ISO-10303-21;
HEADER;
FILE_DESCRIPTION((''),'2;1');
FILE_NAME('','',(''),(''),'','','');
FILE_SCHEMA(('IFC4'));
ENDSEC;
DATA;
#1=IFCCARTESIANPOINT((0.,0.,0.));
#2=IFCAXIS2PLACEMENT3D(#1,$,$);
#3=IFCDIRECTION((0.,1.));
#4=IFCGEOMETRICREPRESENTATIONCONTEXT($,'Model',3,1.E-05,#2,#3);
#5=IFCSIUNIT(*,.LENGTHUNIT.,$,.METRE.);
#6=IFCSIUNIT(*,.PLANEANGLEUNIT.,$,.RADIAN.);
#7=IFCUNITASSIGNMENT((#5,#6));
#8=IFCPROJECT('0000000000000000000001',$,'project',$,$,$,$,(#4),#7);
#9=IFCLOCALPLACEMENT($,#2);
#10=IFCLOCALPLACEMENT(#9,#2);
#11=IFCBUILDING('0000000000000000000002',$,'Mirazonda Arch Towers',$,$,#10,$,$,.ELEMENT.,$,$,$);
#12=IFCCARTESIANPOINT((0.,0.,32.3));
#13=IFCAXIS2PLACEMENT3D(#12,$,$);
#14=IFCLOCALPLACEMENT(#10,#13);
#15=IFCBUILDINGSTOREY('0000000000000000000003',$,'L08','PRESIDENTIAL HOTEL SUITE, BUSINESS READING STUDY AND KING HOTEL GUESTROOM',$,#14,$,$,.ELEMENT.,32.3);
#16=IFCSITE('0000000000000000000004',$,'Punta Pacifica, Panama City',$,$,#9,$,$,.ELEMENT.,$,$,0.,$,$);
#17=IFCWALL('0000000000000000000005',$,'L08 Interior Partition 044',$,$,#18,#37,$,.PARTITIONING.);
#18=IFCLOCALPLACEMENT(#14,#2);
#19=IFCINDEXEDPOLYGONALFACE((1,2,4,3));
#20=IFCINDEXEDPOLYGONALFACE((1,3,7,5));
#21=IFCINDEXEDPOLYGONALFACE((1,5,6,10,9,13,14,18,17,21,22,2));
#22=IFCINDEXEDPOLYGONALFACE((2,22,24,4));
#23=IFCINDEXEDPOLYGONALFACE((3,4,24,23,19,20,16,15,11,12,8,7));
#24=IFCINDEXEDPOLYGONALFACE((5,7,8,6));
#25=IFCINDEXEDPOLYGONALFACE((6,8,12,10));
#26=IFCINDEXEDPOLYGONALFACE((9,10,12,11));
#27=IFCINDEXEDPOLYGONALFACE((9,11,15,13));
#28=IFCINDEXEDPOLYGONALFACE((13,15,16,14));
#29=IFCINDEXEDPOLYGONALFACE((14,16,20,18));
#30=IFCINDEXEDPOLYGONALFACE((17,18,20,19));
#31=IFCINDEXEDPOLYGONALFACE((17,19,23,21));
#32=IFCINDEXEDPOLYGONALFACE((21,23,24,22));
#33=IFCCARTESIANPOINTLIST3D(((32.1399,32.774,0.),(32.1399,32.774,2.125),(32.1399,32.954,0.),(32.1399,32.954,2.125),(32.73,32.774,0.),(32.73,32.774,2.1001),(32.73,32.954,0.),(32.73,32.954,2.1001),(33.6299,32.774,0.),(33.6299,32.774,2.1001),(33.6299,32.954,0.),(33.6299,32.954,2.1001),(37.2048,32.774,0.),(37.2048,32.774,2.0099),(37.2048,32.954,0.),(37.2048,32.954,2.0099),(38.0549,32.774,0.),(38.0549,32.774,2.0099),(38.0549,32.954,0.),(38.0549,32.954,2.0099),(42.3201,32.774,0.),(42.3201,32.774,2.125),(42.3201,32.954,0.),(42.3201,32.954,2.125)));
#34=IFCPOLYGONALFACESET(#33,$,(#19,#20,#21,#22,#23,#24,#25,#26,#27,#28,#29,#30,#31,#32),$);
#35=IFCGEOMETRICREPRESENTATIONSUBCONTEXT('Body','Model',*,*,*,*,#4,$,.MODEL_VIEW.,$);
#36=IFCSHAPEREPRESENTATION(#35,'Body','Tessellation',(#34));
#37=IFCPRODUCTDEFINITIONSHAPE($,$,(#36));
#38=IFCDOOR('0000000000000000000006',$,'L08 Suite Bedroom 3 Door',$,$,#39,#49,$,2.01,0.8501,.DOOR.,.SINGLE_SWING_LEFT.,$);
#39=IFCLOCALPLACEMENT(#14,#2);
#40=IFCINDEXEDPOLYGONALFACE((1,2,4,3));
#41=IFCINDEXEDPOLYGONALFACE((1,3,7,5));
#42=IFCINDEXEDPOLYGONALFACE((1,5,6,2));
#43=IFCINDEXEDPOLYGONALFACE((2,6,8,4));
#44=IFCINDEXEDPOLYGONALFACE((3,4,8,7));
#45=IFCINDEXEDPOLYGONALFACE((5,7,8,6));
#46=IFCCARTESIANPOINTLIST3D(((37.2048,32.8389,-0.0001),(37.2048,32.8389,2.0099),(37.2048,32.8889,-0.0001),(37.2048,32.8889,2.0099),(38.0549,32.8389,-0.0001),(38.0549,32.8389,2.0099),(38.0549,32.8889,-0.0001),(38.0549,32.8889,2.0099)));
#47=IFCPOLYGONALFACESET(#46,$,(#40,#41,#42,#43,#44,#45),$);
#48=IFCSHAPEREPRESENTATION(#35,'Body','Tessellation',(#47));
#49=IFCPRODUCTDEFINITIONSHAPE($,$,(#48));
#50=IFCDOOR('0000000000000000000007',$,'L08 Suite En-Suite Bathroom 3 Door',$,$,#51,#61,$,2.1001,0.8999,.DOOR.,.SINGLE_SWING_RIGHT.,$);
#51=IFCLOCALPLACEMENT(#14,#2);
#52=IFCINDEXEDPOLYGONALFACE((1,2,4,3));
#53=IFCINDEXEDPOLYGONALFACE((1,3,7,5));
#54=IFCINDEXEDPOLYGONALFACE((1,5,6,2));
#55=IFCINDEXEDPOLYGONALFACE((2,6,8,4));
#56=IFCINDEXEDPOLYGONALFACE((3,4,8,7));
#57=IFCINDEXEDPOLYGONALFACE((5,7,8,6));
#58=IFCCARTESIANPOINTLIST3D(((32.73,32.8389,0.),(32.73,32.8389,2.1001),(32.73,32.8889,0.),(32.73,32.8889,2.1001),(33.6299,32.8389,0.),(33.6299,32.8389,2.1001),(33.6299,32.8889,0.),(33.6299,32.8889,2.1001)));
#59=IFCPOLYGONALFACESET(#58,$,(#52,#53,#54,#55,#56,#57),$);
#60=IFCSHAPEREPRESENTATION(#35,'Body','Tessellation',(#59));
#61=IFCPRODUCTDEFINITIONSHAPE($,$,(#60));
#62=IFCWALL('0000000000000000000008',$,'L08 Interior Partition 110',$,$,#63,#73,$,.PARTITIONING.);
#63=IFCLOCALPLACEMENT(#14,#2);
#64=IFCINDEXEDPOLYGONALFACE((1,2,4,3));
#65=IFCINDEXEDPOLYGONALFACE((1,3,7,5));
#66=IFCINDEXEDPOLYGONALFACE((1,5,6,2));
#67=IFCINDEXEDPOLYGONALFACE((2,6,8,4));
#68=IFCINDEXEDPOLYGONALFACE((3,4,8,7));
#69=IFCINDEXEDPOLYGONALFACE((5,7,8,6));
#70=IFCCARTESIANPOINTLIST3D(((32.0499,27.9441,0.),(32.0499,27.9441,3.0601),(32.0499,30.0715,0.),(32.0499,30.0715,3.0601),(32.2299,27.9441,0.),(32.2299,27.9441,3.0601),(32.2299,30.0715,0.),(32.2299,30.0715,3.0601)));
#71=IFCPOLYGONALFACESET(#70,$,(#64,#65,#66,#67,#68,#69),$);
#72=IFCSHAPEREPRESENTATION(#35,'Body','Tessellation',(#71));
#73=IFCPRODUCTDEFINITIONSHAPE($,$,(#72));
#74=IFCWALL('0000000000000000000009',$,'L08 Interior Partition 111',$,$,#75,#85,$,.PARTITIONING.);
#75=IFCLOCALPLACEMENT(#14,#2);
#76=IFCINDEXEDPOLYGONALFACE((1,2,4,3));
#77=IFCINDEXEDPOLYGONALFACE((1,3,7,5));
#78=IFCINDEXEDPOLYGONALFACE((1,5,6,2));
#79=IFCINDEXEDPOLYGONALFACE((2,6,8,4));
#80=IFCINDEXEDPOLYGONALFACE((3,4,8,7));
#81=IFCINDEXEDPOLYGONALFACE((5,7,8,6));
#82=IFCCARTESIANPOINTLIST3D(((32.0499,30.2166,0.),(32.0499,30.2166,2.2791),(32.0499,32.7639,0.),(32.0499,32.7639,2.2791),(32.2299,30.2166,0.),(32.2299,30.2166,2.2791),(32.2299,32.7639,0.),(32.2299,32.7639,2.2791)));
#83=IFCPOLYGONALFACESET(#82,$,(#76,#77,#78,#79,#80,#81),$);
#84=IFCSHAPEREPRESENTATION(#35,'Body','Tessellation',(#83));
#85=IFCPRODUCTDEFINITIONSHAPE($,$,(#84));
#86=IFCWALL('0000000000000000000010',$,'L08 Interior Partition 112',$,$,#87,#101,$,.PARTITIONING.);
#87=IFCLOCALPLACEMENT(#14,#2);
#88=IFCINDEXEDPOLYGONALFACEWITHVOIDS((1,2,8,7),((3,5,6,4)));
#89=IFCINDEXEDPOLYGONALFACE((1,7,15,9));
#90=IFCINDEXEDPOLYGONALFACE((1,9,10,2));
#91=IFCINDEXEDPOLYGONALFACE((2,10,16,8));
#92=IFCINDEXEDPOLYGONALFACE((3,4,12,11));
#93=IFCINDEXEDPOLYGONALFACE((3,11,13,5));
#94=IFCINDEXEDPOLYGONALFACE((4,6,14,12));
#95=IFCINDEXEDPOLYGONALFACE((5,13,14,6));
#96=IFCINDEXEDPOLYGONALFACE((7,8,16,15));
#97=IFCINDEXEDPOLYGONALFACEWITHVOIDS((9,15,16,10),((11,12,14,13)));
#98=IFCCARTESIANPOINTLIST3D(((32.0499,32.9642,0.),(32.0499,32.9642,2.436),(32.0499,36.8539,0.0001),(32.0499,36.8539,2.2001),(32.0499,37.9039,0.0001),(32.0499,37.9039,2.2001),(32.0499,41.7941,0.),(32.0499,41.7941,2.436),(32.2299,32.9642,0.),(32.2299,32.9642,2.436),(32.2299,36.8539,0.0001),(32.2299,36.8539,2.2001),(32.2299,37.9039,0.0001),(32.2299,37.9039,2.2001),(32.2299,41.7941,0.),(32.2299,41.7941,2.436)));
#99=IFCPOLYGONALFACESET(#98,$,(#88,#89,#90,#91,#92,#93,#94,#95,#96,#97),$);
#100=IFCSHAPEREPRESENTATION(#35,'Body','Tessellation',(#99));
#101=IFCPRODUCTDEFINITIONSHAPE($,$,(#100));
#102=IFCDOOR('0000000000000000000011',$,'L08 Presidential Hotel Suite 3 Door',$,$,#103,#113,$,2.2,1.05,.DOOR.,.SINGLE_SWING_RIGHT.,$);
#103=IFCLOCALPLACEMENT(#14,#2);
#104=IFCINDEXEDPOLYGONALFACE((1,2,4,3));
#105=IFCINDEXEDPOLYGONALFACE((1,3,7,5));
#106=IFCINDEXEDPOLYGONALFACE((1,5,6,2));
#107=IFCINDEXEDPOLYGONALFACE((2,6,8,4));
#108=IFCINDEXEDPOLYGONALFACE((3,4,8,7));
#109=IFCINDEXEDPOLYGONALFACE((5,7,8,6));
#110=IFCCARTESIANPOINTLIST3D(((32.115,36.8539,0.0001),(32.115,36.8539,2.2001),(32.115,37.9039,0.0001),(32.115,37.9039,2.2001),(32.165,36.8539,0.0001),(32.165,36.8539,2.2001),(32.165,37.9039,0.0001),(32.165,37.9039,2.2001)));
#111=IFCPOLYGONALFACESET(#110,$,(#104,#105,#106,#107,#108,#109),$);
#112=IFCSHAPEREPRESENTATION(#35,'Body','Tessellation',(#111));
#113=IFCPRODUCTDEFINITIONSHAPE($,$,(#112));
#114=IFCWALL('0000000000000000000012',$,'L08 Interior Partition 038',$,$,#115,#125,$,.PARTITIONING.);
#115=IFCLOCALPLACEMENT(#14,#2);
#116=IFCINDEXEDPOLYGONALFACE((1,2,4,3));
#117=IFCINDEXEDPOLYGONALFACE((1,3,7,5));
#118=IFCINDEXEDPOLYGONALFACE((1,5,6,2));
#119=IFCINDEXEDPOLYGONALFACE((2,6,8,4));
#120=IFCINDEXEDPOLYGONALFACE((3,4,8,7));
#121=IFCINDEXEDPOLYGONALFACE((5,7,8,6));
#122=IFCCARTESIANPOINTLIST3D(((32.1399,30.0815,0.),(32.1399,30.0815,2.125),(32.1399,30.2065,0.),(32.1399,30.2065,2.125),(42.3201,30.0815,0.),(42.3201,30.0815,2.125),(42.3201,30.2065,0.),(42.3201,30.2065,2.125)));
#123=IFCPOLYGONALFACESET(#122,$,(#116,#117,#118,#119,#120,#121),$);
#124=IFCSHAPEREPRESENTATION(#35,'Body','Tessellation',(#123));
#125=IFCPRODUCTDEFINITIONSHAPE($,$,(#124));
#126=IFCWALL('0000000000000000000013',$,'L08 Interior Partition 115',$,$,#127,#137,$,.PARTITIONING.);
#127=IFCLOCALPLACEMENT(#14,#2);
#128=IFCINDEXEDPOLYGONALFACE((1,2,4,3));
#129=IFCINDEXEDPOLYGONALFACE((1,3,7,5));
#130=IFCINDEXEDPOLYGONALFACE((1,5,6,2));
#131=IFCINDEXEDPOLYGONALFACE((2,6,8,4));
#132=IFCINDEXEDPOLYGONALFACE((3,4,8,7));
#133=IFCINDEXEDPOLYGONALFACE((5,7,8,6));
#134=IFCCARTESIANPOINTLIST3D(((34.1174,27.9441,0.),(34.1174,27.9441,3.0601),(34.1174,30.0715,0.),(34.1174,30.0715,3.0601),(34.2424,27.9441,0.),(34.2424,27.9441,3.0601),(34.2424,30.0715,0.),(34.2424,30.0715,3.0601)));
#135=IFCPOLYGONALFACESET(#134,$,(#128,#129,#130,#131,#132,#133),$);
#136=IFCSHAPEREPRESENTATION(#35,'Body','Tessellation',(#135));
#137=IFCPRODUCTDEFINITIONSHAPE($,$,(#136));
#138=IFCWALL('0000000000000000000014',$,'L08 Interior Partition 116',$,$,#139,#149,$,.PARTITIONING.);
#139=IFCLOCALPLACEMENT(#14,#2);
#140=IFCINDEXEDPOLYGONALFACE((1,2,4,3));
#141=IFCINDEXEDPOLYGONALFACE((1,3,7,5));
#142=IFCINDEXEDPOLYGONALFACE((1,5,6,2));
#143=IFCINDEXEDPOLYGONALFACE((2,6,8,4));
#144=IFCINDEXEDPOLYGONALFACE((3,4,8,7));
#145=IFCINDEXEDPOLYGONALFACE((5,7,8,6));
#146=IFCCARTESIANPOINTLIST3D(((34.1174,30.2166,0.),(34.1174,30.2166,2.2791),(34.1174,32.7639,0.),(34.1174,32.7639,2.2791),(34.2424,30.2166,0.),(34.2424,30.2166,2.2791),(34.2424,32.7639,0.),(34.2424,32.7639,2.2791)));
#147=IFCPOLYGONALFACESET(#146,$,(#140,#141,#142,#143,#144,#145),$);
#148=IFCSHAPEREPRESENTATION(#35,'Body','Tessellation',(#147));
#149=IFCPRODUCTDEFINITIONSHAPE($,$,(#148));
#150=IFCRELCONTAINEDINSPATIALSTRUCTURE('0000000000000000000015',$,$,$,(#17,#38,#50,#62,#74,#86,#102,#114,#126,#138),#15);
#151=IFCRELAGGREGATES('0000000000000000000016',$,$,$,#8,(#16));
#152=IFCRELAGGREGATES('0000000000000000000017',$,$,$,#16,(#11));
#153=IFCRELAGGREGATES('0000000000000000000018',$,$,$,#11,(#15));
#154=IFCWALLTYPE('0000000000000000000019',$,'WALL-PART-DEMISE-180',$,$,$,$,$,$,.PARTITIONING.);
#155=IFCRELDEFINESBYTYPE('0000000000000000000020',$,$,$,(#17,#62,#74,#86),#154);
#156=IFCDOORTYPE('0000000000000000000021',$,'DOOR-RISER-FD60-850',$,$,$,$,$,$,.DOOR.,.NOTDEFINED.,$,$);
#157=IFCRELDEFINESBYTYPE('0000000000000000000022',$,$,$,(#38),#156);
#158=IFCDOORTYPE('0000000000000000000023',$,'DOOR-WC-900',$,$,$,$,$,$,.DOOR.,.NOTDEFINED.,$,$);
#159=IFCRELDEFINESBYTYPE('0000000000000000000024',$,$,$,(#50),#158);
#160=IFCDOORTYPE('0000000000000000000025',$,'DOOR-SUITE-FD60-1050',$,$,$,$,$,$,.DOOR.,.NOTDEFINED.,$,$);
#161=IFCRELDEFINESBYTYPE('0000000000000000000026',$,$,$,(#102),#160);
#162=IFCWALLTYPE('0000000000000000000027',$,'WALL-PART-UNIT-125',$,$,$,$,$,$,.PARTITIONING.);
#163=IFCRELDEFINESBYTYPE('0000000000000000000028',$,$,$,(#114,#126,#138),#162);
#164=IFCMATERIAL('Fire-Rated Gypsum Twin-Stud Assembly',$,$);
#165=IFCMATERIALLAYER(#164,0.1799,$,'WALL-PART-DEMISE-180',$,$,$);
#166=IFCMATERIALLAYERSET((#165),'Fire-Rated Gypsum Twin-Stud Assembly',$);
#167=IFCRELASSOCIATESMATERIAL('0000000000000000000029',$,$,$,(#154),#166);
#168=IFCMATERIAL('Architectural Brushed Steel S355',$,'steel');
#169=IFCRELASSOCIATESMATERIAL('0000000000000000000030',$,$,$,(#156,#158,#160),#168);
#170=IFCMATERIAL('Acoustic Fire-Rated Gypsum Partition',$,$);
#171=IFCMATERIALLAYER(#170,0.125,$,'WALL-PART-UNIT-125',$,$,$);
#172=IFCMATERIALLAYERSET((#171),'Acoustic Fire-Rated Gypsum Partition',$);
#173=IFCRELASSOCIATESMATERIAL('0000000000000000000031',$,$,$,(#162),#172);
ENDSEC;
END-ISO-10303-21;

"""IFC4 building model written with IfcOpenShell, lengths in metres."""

from ifc_helpers import new_model, si_unit, direction, frame, frame_2d, origin, place, context, subcontext, project, spatial, rectangle, extrude, material, layer, layer_set, type_object, element, fill, save


model = new_model("IFC4")

# Units and contexts
model_context = context("Model", 3, precision=1e-05, world=origin(), true_north=direction((0.0, 1.0)))
body_context = subcontext(model_context, "Body", "Model", "MODEL_VIEW")
ifc_project = project(units=[si_unit("LENGTHUNIT", "METRE"), si_unit("PLANEANGLEUNIT", "RADIAN")], contexts=[model_context])

# Site, building, storey
site_placement = place(None, origin())
site = spatial("IfcSite", under=ifc_project, at=site_placement, Name="Punta Pacifica, Panama City", CompositionType="ELEMENT", RefElevation=0.0)
building_placement = place(site_placement, origin())
building = spatial("IfcBuilding", under=site, at=building_placement, Name="Mirazonda Arch Towers", CompositionType="ELEMENT")
storey_placement = place(building_placement, frame((0.0, 0.0, 32.3)))
storey = spatial("IfcBuildingStorey", under=building, at=storey_placement, Name="L08", Description="PRESIDENTIAL HOTEL SUITE, BUSINESS READING STUDY AND KING HOTEL GUESTROOM", CompositionType="ELEMENT", Elevation=32.3)

# Wall, openings, doors
ifc_material_1 = material(Name="Fire-Rated Gypsum Twin-Stud Assembly")
ifc_layer_1 = layer(ifc_material_1, 0.1799, Name="WALL-PART-DEMISE-180")
ifc_layer_set_1 = layer_set([ifc_layer_1], Name="Fire-Rated Gypsum Twin-Stud Assembly")
wall_type_1 = type_object("IfcWallType", Name="WALL-PART-DEMISE-180", PredefinedType="PARTITIONING", material=ifc_layer_set_1)
ifc_material_2 = material(Name="Architectural Brushed Steel S355", Category="steel")
door_type_1 = type_object("IfcDoorType", Name="DOOR-RISER-FD60-850", OperationType="NOTDEFINED", PredefinedType="DOOR", material=ifc_material_2)
door_type_2 = type_object("IfcDoorType", Name="DOOR-WC-900", OperationType="NOTDEFINED", PredefinedType="DOOR", material=ifc_material_2)
wall_1_placement = place(storey_placement, frame((32.1399, 32.864, 0.0), z_axis=(0.0, 0.0, 1.0), x_axis=(1.0, 0.0, 0.0)))
wall_1 = element("IfcWall", 1, at=wall_1_placement, inside=storey, type_object=wall_type_1, Name="L08 Interior Partition 044", PredefinedType="PARTITIONING", context=body_context, shape_type="SweptSolid", body=[
    extrude(rectangle(XDim=10.1802, YDim=0.1799, at=frame_2d((5.0901, 0.0))), origin(), (0.0, 0.0, 1.0), 2.125),
])
opening_1_placement = place(wall_1_placement, frame((5.0649, 0.0, 0.0)))
opening_1 = element("IfcOpeningElement", 2, at=opening_1_placement, cuts=wall_1, PredefinedType="OPENING", context=body_context, shape_type="SweptSolid", body=[
    extrude(rectangle(XDim=0.8501, YDim=2.01, at=frame_2d((0.425, 1.0049))), frame((0.0, 0.0999, 0.0), z_axis=(0.0, -1.0, 0.0), x_axis=(1.0, 0.0, 0.0)), (0.0, 0.0, 1.0), 0.2),
])
opening_2_placement = place(wall_1_placement, frame((0.5901, 0.0, 0.0)))
opening_2 = element("IfcOpeningElement", 3, at=opening_2_placement, cuts=wall_1, PredefinedType="OPENING", context=body_context, shape_type="SweptSolid", body=[
    extrude(rectangle(XDim=0.8999, YDim=2.1001, at=frame_2d((0.45, 1.05))), frame((0.0, 0.0999, 0.0), z_axis=(0.0, -1.0, 0.0), x_axis=(1.0, 0.0, 0.0)), (0.0, 0.0, 1.0), 0.2),
])
door_1_placement = place(opening_1_placement, origin())
door_1 = element("IfcDoor", 4, at=door_1_placement, inside=storey, type_object=door_type_1, Name="L08 Suite Bedroom 3 Door", OperationType="SINGLE_SWING_LEFT", OverallHeight=2.01, OverallWidth=0.8501, PredefinedType="DOOR", context=body_context, shape_type="SweptSolid", body=[
    extrude(rectangle(XDim=0.8501, YDim=2.01, at=frame_2d((0.425, 1.0049))), frame((0.0, 0.0249, 0.0), z_axis=(0.0, -1.0, 0.0), x_axis=(1.0, 0.0, 0.0)), (0.0, 0.0, 1.0), 0.05),
])
fill(opening_1, door_1)
door_2_placement = place(opening_2_placement, origin())
door_2 = element("IfcDoor", 5, at=door_2_placement, inside=storey, type_object=door_type_2, Name="L08 Suite En-Suite Bathroom 3 Door", OperationType="SINGLE_SWING_RIGHT", OverallHeight=2.1001, OverallWidth=0.8999, PredefinedType="DOOR", context=body_context, shape_type="SweptSolid", body=[
    extrude(rectangle(XDim=0.8999, YDim=2.1001, at=frame_2d((0.45, 1.05))), frame((0.0, 0.0249, 0.0), z_axis=(0.0, -1.0, 0.0), x_axis=(1.0, 0.0, 0.0)), (0.0, 0.0, 1.0), 0.05),
])
fill(opening_2, door_2)

# Walls
wall_2_placement = place(storey_placement, frame((32.1399, 27.9441, 0.0), z_axis=(0.0, 0.0, 1.0), x_axis=(0.0, 1.0, 0.0)))
element("IfcWall", 6, at=wall_2_placement, inside=storey, type_object=wall_type_1, Name="L08 Interior Partition 110", PredefinedType="PARTITIONING", context=body_context, shape_type="SweptSolid", body=[
    extrude(rectangle(XDim=2.1274, YDim=0.1799, at=frame_2d((1.0637, 0.0))), origin(), (0.0, 0.0, 1.0), 3.0601),
])
wall_3_placement = place(storey_placement, frame((32.1399, 30.2166, 0.0), z_axis=(0.0, 0.0, 1.0), x_axis=(0.0, 1.0, 0.0)))
element("IfcWall", 7, at=wall_3_placement, inside=storey, type_object=wall_type_1, Name="L08 Interior Partition 111", PredefinedType="PARTITIONING", context=body_context, shape_type="SweptSolid", body=[
    extrude(rectangle(XDim=2.5474, YDim=0.1799, at=frame_2d((1.2737, 0.0))), origin(), (0.0, 0.0, 1.0), 2.2791),
])

# Wall, opening, door
wall_4_placement = place(storey_placement, frame((32.1399, 32.9641, 0.0), z_axis=(0.0, 0.0, 1.0), x_axis=(0.0, 1.0, 0.0)))
wall_4 = element("IfcWall", 8, at=wall_4_placement, inside=storey, type_object=wall_type_1, Name="L08 Interior Partition 112", PredefinedType="PARTITIONING", context=body_context, shape_type="SweptSolid", body=[
    extrude(rectangle(XDim=8.8298, YDim=0.1799, at=frame_2d((4.415, 0.0))), origin(), (0.0, 0.0, 1.0), 2.436),
])
opening_3_placement = place(wall_4_placement, frame((3.8899, 0.0, 0.0)))
opening_3 = element("IfcOpeningElement", 9, at=opening_3_placement, cuts=wall_4, PredefinedType="OPENING", context=body_context, shape_type="SweptSolid", body=[
    extrude(rectangle(XDim=1.05, YDim=2.2, at=frame_2d((0.5249, 1.1001))), frame((0.0, 0.0999, 0.0), z_axis=(0.0, -1.0, 0.0), x_axis=(1.0, 0.0, 0.0)), (0.0, 0.0, 1.0), 0.2),
])
door_type_3 = type_object("IfcDoorType", Name="DOOR-SUITE-FD60-1050", OperationType="NOTDEFINED", PredefinedType="DOOR", material=ifc_material_2)
door_3_placement = place(opening_3_placement, origin())
door_3 = element("IfcDoor", 10, at=door_3_placement, inside=storey, type_object=door_type_3, Name="L08 Presidential Hotel Suite 3 Door", OperationType="SINGLE_SWING_RIGHT", OverallHeight=2.2, OverallWidth=1.05, PredefinedType="DOOR", context=body_context, shape_type="SweptSolid", body=[
    extrude(rectangle(XDim=1.05, YDim=2.2, at=frame_2d((0.5249, 1.1001))), frame((0.0, 0.0249, 0.0), z_axis=(0.0, -1.0, 0.0), x_axis=(1.0, 0.0, 0.0)), (0.0, 0.0, 1.0), 0.05),
])
fill(opening_3, door_3)

# Walls
ifc_material_3 = material(Name="Acoustic Fire-Rated Gypsum Partition")
ifc_layer_2 = layer(ifc_material_3, 0.125, Name="WALL-PART-UNIT-125")
ifc_layer_set_2 = layer_set([ifc_layer_2], Name="Acoustic Fire-Rated Gypsum Partition")
wall_type_2 = type_object("IfcWallType", Name="WALL-PART-UNIT-125", PredefinedType="PARTITIONING", material=ifc_layer_set_2)
wall_5_placement = place(storey_placement, frame((32.1399, 30.144, 0.0), z_axis=(0.0, 0.0, 1.0), x_axis=(1.0, 0.0, 0.0)))
element("IfcWall", 11, at=wall_5_placement, inside=storey, type_object=wall_type_2, Name="L08 Interior Partition 038", PredefinedType="PARTITIONING", context=body_context, shape_type="SweptSolid", body=[
    extrude(rectangle(XDim=10.1802, YDim=0.125, at=frame_2d((5.0901, 0.0))), origin(), (0.0, 0.0, 1.0), 2.125),
])
wall_6_placement = place(storey_placement, frame((34.1799, 27.9441, 0.0), z_axis=(0.0, 0.0, 1.0), x_axis=(0.0, 1.0, 0.0)))
element("IfcWall", 12, at=wall_6_placement, inside=storey, type_object=wall_type_2, Name="L08 Interior Partition 115", PredefinedType="PARTITIONING", context=body_context, shape_type="SweptSolid", body=[
    extrude(rectangle(XDim=2.1274, YDim=0.125, at=frame_2d((1.0637, 0.0))), origin(), (0.0, 0.0, 1.0), 3.0601),
])
wall_7_placement = place(storey_placement, frame((34.1799, 30.2166, 0.0), z_axis=(0.0, 0.0, 1.0), x_axis=(0.0, 1.0, 0.0)))
element("IfcWall", 13, at=wall_7_placement, inside=storey, type_object=wall_type_2, Name="L08 Interior Partition 116", PredefinedType="PARTITIONING", context=body_context, shape_type="SweptSolid", body=[
    extrude(rectangle(XDim=2.5474, YDim=0.125, at=frame_2d((1.2737, 0.0))), origin(), (0.0, 0.0, 1.0), 2.2791),
])

save(model, "model.ifc")
